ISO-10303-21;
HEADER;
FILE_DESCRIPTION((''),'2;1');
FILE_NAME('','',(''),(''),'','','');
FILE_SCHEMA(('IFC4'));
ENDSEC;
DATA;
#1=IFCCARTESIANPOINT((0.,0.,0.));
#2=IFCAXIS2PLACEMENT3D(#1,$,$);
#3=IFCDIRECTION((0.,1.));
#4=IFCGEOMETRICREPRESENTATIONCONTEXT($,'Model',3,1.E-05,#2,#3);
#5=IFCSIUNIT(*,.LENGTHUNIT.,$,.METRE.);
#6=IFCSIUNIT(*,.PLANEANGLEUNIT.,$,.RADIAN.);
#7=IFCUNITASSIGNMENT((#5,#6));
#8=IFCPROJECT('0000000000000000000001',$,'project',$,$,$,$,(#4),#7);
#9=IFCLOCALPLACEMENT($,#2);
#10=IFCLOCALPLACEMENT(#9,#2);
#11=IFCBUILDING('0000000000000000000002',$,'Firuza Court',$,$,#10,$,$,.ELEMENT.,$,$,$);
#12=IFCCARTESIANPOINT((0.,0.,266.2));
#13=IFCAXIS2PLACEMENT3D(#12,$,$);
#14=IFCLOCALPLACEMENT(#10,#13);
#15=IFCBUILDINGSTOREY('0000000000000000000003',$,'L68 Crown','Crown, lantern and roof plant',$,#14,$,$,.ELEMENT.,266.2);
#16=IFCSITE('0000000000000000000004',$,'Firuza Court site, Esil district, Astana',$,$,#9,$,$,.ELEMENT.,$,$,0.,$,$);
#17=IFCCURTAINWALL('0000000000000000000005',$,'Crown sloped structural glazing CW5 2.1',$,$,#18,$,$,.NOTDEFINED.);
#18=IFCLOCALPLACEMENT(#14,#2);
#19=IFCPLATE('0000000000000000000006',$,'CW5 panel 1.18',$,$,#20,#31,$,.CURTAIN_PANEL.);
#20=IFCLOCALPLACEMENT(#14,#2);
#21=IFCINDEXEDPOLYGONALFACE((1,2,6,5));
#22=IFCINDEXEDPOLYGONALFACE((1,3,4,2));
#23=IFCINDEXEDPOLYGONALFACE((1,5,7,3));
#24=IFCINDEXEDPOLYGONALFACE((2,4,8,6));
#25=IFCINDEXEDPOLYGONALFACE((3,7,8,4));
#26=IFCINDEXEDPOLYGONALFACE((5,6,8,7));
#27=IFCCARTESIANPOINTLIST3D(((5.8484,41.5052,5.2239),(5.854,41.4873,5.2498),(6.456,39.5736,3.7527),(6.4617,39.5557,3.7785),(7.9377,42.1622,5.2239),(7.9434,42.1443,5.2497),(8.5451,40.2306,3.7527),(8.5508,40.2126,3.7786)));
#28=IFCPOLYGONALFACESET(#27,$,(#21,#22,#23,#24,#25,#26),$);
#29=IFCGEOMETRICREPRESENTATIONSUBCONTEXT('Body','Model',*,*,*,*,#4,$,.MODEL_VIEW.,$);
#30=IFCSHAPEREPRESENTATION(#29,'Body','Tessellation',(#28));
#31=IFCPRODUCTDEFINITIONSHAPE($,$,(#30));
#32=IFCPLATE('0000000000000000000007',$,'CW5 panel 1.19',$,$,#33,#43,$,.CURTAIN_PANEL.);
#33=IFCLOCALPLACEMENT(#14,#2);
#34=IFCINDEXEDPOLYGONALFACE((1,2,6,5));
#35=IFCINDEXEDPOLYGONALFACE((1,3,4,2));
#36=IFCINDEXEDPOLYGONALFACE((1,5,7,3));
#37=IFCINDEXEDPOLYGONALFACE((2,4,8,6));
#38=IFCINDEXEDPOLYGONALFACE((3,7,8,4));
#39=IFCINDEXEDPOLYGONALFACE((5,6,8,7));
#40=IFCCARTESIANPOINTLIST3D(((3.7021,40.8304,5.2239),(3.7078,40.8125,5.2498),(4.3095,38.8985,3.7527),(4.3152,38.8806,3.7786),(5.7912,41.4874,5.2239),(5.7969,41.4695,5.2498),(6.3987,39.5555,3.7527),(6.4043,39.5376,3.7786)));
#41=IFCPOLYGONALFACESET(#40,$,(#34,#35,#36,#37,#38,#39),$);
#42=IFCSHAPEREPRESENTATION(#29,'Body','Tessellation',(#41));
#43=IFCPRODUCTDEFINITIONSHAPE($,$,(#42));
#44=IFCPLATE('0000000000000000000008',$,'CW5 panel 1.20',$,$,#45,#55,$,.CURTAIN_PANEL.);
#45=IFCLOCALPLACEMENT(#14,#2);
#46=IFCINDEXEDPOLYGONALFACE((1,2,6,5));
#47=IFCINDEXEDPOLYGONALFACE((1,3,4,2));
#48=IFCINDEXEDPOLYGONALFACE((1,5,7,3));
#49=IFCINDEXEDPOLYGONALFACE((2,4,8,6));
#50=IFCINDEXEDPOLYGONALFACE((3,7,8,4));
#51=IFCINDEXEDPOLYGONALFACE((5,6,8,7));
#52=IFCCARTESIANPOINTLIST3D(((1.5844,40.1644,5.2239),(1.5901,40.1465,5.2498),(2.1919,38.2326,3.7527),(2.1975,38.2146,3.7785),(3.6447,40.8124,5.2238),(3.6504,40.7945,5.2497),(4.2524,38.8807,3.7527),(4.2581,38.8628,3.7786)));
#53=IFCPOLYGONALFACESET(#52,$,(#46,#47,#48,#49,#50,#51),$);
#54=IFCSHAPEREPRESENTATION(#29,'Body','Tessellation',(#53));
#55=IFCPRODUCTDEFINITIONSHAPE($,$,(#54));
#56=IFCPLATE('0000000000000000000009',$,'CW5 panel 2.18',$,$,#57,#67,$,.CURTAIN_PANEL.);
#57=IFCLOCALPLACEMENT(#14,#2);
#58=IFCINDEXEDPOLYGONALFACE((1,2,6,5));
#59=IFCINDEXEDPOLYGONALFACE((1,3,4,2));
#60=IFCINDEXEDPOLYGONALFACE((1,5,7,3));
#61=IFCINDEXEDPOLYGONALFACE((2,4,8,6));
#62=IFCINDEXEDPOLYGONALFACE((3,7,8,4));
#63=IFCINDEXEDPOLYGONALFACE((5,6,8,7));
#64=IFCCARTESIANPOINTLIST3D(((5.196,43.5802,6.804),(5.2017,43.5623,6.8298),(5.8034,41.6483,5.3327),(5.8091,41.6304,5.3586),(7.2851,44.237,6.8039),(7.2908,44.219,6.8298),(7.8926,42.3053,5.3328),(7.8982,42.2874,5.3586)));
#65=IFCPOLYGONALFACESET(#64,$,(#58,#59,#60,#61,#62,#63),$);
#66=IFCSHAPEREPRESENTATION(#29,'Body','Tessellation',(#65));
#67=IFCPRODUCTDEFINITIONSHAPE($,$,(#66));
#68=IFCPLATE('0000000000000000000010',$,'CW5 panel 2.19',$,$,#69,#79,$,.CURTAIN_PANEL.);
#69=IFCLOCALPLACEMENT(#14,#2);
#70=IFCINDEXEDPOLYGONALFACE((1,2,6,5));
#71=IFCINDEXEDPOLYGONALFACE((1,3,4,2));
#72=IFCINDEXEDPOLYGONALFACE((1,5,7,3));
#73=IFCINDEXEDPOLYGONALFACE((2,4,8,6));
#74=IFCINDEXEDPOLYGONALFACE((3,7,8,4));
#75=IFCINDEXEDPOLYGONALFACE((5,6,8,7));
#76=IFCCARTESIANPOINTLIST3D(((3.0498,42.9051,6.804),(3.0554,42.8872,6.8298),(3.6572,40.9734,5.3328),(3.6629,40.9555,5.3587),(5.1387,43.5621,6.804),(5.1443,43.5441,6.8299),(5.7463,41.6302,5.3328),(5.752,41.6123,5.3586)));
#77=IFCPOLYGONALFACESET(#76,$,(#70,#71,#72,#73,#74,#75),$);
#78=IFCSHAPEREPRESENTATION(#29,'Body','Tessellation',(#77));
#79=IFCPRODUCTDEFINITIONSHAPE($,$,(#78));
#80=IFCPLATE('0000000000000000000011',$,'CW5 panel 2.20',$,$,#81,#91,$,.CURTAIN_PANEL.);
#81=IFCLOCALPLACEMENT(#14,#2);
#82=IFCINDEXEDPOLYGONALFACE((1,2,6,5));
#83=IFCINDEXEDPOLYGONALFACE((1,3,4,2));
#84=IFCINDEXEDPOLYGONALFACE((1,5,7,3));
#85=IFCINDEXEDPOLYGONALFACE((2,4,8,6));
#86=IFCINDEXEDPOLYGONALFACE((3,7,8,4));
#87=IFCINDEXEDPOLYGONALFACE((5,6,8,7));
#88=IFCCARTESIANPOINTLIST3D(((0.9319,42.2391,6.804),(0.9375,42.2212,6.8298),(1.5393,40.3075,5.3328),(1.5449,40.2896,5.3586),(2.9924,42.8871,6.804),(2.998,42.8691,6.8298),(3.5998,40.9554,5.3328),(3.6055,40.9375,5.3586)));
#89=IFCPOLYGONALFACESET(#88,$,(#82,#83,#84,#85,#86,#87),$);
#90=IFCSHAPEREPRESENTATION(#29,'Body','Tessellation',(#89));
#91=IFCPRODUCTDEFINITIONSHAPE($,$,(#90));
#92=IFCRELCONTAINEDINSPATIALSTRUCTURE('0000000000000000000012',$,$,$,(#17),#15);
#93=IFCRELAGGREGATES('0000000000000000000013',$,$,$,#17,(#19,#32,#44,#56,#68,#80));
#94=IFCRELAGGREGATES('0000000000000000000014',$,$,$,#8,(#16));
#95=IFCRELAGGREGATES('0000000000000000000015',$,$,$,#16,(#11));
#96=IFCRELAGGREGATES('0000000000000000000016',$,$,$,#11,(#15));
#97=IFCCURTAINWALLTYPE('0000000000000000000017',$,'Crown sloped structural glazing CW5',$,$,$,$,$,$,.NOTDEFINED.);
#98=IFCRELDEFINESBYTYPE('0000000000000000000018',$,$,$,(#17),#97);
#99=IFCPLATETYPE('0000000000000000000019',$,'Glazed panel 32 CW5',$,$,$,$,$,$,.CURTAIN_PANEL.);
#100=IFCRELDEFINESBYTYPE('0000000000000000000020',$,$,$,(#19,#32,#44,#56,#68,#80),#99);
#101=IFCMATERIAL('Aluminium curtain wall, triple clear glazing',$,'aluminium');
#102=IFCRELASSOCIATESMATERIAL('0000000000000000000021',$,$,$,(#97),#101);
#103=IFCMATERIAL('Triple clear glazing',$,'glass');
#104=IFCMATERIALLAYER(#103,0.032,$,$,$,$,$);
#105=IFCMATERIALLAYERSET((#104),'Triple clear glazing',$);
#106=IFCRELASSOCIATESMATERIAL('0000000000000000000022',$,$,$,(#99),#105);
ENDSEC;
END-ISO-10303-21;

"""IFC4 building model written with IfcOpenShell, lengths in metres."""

from ifc_helpers import new_model, si_unit, direction, frame, origin, place, context, subcontext, project, spatial, polyline, outline, extrude, material, layer, layer_set, type_object, element, aggregate, save


model = new_model("IFC4")

# Units and contexts
model_context = context("Model", 3, precision=1e-05, world=origin(), true_north=direction((0.0, 1.0)))
body_context = subcontext(model_context, "Body", "Model", "MODEL_VIEW")
ifc_project = project(units=[si_unit("LENGTHUNIT", "METRE"), si_unit("PLANEANGLEUNIT", "RADIAN")], contexts=[model_context])

# Site, building, storey
site_placement = place(None, origin())
site = spatial("IfcSite", under=ifc_project, at=site_placement, Name="Firuza Court site, Esil district, Astana", CompositionType="ELEMENT", RefElevation=0.0)
building_placement = place(site_placement, origin())
building = spatial("IfcBuilding", under=site, at=building_placement, Name="Firuza Court", CompositionType="ELEMENT")
storey_placement = place(building_placement, frame((0.0, 0.0, 266.2)))
storey = spatial("IfcBuildingStorey", under=building, at=storey_placement, Name="L68 Crown", Description="Crown, lantern and roof plant", CompositionType="ELEMENT", Elevation=266.2)

# Curtain wall
ifc_material_1 = material(Name="Aluminium curtain wall, triple clear glazing", Category="aluminium")
curtain_wall_type = type_object("IfcCurtainWallType", Name="Crown sloped structural glazing CW5", PredefinedType="NOTDEFINED", material=ifc_material_1)
curtain_wall_1_placement = place(storey_placement, origin())
curtain_wall_1 = element("IfcCurtainWall", 1, at=curtain_wall_1_placement, inside=storey, type_object=curtain_wall_type, Name="Crown sloped structural glazing CW5 2.1", PredefinedType="NOTDEFINED")

# Plates
ifc_material_2 = material(Name="Triple clear glazing", Category="glass")
ifc_layer_1 = layer(ifc_material_2, 0.032)
ifc_layer_set_1 = layer_set([ifc_layer_1], Name="Triple clear glazing")
plate_type = type_object("IfcPlateType", Name="Glazed panel 32 CW5", PredefinedType="CURTAIN_PANEL", material=ifc_layer_set_1)
plate_1_placement = place(storey_placement, frame((8.5508, 40.2126, 3.7786), z_axis=(0.176323, -0.560714, 0.809018), x_axis=(-0.953943, -0.299989, -0.000008)))
plate_1 = element("IfcPlate", 2, at=plate_1_placement, type_object=plate_type, Name="CW5 panel 1.18", PredefinedType="CURTAIN_PANEL", context=body_context, shape_type="SweptSolid", body=[
    extrude(outline(polyline([(0.0, 0.0), (2.19, 0.0), (2.1902, -2.503), (0.0, -2.5029), (0.0, 0.0)])), origin(), (0.0, 0.0, -1.0), 0.032),
])
plate_2_placement = place(storey_placement, frame((6.4043, 39.5376, 3.7786), z_axis=(0.176321, -0.560675, 0.809045), x_axis=(-0.953941, -0.299995, 0.0)))
plate_2 = element("IfcPlate", 3, at=plate_2_placement, type_object=plate_type, Name="CW5 panel 1.19", PredefinedType="CURTAIN_PANEL", context=body_context, shape_type="SweptSolid", body=[
    extrude(outline(polyline([(0.0, 0.0), (2.19, 0.0), (2.1899, -2.5031), (-0.0001, -2.5031), (0.0, 0.0)])), origin(), (0.0, 0.0, -1.0), 0.032),
])
plate_3_placement = place(storey_placement, frame((4.2581, 38.8628, 3.7786), z_axis=(0.176353, -0.560681, 0.809034), x_axis=(-0.953919, -0.300064, -0.000018)))
plate_3 = element("IfcPlate", 4, at=plate_3_placement, type_object=plate_type, Name="CW5 panel 1.20", PredefinedType="CURTAIN_PANEL", context=body_context, shape_type="SweptSolid", body=[
    extrude(outline(polyline([(0.0, 0.0), (2.1601, 0.0), (2.1598, -2.5031), (0.0, -2.503), (0.0, 0.0)])), origin(), (0.0, 0.0, -1.0), 0.032),
])
plate_4_placement = place(storey_placement, frame((7.8982, 42.2874, 5.3586), z_axis=(0.176298, -0.560706, 0.809029), x_axis=(-0.953946, -0.299977, -0.000025)))
plate_4 = element("IfcPlate", 5, at=plate_4_placement, type_object=plate_type, Name="CW5 panel 2.18", PredefinedType="CURTAIN_PANEL", context=body_context, shape_type="SweptSolid", body=[
    extrude(outline(polyline([(0.0, 0.0), (2.19, 0.0), (2.1899, -2.5031), (0.0, -2.5029), (0.0, 0.0)])), origin(), (0.0, 0.0, -1.0), 0.032),
])
plate_5_placement = place(storey_placement, frame((5.752, 41.6123, 5.3586), z_axis=(0.176305, -0.560696, 0.809034), x_axis=(-0.953966, -0.299916, 0.000033)))
plate_5 = element("IfcPlate", 6, at=plate_5_placement, type_object=plate_type, Name="CW5 panel 2.19", PredefinedType="CURTAIN_PANEL", context=body_context, shape_type="SweptSolid", body=[
    extrude(outline(polyline([(0.0, 0.0), (2.1899, 0.0), (2.1901, -2.5029), (0.0003, -2.5032), (0.0, 0.0)])), origin(), (0.0, 0.0, -1.0), 0.032),
])
plate_6_placement = place(storey_placement, frame((3.6055, 40.9375, 5.3586), z_axis=(0.176322, -0.560721, 0.809013), x_axis=(-0.953948, -0.299974, 0.0)))
plate_6 = element("IfcPlate", 7, at=plate_6_placement, type_object=plate_type, Name="CW5 panel 2.20", PredefinedType="CURTAIN_PANEL", context=body_context, shape_type="SweptSolid", body=[
    extrude(outline(polyline([(0.0, 0.0), (2.16, 0.0), (2.16, -2.5029), (0.0, -2.5029), (0.0, 0.0)])), origin(), (0.0, 0.0, -1.0), 0.032),
])
aggregate(curtain_wall_1, [plate_1, plate_2, plate_3, plate_4, plate_5, plate_6])

save(model, "model.ifc")
